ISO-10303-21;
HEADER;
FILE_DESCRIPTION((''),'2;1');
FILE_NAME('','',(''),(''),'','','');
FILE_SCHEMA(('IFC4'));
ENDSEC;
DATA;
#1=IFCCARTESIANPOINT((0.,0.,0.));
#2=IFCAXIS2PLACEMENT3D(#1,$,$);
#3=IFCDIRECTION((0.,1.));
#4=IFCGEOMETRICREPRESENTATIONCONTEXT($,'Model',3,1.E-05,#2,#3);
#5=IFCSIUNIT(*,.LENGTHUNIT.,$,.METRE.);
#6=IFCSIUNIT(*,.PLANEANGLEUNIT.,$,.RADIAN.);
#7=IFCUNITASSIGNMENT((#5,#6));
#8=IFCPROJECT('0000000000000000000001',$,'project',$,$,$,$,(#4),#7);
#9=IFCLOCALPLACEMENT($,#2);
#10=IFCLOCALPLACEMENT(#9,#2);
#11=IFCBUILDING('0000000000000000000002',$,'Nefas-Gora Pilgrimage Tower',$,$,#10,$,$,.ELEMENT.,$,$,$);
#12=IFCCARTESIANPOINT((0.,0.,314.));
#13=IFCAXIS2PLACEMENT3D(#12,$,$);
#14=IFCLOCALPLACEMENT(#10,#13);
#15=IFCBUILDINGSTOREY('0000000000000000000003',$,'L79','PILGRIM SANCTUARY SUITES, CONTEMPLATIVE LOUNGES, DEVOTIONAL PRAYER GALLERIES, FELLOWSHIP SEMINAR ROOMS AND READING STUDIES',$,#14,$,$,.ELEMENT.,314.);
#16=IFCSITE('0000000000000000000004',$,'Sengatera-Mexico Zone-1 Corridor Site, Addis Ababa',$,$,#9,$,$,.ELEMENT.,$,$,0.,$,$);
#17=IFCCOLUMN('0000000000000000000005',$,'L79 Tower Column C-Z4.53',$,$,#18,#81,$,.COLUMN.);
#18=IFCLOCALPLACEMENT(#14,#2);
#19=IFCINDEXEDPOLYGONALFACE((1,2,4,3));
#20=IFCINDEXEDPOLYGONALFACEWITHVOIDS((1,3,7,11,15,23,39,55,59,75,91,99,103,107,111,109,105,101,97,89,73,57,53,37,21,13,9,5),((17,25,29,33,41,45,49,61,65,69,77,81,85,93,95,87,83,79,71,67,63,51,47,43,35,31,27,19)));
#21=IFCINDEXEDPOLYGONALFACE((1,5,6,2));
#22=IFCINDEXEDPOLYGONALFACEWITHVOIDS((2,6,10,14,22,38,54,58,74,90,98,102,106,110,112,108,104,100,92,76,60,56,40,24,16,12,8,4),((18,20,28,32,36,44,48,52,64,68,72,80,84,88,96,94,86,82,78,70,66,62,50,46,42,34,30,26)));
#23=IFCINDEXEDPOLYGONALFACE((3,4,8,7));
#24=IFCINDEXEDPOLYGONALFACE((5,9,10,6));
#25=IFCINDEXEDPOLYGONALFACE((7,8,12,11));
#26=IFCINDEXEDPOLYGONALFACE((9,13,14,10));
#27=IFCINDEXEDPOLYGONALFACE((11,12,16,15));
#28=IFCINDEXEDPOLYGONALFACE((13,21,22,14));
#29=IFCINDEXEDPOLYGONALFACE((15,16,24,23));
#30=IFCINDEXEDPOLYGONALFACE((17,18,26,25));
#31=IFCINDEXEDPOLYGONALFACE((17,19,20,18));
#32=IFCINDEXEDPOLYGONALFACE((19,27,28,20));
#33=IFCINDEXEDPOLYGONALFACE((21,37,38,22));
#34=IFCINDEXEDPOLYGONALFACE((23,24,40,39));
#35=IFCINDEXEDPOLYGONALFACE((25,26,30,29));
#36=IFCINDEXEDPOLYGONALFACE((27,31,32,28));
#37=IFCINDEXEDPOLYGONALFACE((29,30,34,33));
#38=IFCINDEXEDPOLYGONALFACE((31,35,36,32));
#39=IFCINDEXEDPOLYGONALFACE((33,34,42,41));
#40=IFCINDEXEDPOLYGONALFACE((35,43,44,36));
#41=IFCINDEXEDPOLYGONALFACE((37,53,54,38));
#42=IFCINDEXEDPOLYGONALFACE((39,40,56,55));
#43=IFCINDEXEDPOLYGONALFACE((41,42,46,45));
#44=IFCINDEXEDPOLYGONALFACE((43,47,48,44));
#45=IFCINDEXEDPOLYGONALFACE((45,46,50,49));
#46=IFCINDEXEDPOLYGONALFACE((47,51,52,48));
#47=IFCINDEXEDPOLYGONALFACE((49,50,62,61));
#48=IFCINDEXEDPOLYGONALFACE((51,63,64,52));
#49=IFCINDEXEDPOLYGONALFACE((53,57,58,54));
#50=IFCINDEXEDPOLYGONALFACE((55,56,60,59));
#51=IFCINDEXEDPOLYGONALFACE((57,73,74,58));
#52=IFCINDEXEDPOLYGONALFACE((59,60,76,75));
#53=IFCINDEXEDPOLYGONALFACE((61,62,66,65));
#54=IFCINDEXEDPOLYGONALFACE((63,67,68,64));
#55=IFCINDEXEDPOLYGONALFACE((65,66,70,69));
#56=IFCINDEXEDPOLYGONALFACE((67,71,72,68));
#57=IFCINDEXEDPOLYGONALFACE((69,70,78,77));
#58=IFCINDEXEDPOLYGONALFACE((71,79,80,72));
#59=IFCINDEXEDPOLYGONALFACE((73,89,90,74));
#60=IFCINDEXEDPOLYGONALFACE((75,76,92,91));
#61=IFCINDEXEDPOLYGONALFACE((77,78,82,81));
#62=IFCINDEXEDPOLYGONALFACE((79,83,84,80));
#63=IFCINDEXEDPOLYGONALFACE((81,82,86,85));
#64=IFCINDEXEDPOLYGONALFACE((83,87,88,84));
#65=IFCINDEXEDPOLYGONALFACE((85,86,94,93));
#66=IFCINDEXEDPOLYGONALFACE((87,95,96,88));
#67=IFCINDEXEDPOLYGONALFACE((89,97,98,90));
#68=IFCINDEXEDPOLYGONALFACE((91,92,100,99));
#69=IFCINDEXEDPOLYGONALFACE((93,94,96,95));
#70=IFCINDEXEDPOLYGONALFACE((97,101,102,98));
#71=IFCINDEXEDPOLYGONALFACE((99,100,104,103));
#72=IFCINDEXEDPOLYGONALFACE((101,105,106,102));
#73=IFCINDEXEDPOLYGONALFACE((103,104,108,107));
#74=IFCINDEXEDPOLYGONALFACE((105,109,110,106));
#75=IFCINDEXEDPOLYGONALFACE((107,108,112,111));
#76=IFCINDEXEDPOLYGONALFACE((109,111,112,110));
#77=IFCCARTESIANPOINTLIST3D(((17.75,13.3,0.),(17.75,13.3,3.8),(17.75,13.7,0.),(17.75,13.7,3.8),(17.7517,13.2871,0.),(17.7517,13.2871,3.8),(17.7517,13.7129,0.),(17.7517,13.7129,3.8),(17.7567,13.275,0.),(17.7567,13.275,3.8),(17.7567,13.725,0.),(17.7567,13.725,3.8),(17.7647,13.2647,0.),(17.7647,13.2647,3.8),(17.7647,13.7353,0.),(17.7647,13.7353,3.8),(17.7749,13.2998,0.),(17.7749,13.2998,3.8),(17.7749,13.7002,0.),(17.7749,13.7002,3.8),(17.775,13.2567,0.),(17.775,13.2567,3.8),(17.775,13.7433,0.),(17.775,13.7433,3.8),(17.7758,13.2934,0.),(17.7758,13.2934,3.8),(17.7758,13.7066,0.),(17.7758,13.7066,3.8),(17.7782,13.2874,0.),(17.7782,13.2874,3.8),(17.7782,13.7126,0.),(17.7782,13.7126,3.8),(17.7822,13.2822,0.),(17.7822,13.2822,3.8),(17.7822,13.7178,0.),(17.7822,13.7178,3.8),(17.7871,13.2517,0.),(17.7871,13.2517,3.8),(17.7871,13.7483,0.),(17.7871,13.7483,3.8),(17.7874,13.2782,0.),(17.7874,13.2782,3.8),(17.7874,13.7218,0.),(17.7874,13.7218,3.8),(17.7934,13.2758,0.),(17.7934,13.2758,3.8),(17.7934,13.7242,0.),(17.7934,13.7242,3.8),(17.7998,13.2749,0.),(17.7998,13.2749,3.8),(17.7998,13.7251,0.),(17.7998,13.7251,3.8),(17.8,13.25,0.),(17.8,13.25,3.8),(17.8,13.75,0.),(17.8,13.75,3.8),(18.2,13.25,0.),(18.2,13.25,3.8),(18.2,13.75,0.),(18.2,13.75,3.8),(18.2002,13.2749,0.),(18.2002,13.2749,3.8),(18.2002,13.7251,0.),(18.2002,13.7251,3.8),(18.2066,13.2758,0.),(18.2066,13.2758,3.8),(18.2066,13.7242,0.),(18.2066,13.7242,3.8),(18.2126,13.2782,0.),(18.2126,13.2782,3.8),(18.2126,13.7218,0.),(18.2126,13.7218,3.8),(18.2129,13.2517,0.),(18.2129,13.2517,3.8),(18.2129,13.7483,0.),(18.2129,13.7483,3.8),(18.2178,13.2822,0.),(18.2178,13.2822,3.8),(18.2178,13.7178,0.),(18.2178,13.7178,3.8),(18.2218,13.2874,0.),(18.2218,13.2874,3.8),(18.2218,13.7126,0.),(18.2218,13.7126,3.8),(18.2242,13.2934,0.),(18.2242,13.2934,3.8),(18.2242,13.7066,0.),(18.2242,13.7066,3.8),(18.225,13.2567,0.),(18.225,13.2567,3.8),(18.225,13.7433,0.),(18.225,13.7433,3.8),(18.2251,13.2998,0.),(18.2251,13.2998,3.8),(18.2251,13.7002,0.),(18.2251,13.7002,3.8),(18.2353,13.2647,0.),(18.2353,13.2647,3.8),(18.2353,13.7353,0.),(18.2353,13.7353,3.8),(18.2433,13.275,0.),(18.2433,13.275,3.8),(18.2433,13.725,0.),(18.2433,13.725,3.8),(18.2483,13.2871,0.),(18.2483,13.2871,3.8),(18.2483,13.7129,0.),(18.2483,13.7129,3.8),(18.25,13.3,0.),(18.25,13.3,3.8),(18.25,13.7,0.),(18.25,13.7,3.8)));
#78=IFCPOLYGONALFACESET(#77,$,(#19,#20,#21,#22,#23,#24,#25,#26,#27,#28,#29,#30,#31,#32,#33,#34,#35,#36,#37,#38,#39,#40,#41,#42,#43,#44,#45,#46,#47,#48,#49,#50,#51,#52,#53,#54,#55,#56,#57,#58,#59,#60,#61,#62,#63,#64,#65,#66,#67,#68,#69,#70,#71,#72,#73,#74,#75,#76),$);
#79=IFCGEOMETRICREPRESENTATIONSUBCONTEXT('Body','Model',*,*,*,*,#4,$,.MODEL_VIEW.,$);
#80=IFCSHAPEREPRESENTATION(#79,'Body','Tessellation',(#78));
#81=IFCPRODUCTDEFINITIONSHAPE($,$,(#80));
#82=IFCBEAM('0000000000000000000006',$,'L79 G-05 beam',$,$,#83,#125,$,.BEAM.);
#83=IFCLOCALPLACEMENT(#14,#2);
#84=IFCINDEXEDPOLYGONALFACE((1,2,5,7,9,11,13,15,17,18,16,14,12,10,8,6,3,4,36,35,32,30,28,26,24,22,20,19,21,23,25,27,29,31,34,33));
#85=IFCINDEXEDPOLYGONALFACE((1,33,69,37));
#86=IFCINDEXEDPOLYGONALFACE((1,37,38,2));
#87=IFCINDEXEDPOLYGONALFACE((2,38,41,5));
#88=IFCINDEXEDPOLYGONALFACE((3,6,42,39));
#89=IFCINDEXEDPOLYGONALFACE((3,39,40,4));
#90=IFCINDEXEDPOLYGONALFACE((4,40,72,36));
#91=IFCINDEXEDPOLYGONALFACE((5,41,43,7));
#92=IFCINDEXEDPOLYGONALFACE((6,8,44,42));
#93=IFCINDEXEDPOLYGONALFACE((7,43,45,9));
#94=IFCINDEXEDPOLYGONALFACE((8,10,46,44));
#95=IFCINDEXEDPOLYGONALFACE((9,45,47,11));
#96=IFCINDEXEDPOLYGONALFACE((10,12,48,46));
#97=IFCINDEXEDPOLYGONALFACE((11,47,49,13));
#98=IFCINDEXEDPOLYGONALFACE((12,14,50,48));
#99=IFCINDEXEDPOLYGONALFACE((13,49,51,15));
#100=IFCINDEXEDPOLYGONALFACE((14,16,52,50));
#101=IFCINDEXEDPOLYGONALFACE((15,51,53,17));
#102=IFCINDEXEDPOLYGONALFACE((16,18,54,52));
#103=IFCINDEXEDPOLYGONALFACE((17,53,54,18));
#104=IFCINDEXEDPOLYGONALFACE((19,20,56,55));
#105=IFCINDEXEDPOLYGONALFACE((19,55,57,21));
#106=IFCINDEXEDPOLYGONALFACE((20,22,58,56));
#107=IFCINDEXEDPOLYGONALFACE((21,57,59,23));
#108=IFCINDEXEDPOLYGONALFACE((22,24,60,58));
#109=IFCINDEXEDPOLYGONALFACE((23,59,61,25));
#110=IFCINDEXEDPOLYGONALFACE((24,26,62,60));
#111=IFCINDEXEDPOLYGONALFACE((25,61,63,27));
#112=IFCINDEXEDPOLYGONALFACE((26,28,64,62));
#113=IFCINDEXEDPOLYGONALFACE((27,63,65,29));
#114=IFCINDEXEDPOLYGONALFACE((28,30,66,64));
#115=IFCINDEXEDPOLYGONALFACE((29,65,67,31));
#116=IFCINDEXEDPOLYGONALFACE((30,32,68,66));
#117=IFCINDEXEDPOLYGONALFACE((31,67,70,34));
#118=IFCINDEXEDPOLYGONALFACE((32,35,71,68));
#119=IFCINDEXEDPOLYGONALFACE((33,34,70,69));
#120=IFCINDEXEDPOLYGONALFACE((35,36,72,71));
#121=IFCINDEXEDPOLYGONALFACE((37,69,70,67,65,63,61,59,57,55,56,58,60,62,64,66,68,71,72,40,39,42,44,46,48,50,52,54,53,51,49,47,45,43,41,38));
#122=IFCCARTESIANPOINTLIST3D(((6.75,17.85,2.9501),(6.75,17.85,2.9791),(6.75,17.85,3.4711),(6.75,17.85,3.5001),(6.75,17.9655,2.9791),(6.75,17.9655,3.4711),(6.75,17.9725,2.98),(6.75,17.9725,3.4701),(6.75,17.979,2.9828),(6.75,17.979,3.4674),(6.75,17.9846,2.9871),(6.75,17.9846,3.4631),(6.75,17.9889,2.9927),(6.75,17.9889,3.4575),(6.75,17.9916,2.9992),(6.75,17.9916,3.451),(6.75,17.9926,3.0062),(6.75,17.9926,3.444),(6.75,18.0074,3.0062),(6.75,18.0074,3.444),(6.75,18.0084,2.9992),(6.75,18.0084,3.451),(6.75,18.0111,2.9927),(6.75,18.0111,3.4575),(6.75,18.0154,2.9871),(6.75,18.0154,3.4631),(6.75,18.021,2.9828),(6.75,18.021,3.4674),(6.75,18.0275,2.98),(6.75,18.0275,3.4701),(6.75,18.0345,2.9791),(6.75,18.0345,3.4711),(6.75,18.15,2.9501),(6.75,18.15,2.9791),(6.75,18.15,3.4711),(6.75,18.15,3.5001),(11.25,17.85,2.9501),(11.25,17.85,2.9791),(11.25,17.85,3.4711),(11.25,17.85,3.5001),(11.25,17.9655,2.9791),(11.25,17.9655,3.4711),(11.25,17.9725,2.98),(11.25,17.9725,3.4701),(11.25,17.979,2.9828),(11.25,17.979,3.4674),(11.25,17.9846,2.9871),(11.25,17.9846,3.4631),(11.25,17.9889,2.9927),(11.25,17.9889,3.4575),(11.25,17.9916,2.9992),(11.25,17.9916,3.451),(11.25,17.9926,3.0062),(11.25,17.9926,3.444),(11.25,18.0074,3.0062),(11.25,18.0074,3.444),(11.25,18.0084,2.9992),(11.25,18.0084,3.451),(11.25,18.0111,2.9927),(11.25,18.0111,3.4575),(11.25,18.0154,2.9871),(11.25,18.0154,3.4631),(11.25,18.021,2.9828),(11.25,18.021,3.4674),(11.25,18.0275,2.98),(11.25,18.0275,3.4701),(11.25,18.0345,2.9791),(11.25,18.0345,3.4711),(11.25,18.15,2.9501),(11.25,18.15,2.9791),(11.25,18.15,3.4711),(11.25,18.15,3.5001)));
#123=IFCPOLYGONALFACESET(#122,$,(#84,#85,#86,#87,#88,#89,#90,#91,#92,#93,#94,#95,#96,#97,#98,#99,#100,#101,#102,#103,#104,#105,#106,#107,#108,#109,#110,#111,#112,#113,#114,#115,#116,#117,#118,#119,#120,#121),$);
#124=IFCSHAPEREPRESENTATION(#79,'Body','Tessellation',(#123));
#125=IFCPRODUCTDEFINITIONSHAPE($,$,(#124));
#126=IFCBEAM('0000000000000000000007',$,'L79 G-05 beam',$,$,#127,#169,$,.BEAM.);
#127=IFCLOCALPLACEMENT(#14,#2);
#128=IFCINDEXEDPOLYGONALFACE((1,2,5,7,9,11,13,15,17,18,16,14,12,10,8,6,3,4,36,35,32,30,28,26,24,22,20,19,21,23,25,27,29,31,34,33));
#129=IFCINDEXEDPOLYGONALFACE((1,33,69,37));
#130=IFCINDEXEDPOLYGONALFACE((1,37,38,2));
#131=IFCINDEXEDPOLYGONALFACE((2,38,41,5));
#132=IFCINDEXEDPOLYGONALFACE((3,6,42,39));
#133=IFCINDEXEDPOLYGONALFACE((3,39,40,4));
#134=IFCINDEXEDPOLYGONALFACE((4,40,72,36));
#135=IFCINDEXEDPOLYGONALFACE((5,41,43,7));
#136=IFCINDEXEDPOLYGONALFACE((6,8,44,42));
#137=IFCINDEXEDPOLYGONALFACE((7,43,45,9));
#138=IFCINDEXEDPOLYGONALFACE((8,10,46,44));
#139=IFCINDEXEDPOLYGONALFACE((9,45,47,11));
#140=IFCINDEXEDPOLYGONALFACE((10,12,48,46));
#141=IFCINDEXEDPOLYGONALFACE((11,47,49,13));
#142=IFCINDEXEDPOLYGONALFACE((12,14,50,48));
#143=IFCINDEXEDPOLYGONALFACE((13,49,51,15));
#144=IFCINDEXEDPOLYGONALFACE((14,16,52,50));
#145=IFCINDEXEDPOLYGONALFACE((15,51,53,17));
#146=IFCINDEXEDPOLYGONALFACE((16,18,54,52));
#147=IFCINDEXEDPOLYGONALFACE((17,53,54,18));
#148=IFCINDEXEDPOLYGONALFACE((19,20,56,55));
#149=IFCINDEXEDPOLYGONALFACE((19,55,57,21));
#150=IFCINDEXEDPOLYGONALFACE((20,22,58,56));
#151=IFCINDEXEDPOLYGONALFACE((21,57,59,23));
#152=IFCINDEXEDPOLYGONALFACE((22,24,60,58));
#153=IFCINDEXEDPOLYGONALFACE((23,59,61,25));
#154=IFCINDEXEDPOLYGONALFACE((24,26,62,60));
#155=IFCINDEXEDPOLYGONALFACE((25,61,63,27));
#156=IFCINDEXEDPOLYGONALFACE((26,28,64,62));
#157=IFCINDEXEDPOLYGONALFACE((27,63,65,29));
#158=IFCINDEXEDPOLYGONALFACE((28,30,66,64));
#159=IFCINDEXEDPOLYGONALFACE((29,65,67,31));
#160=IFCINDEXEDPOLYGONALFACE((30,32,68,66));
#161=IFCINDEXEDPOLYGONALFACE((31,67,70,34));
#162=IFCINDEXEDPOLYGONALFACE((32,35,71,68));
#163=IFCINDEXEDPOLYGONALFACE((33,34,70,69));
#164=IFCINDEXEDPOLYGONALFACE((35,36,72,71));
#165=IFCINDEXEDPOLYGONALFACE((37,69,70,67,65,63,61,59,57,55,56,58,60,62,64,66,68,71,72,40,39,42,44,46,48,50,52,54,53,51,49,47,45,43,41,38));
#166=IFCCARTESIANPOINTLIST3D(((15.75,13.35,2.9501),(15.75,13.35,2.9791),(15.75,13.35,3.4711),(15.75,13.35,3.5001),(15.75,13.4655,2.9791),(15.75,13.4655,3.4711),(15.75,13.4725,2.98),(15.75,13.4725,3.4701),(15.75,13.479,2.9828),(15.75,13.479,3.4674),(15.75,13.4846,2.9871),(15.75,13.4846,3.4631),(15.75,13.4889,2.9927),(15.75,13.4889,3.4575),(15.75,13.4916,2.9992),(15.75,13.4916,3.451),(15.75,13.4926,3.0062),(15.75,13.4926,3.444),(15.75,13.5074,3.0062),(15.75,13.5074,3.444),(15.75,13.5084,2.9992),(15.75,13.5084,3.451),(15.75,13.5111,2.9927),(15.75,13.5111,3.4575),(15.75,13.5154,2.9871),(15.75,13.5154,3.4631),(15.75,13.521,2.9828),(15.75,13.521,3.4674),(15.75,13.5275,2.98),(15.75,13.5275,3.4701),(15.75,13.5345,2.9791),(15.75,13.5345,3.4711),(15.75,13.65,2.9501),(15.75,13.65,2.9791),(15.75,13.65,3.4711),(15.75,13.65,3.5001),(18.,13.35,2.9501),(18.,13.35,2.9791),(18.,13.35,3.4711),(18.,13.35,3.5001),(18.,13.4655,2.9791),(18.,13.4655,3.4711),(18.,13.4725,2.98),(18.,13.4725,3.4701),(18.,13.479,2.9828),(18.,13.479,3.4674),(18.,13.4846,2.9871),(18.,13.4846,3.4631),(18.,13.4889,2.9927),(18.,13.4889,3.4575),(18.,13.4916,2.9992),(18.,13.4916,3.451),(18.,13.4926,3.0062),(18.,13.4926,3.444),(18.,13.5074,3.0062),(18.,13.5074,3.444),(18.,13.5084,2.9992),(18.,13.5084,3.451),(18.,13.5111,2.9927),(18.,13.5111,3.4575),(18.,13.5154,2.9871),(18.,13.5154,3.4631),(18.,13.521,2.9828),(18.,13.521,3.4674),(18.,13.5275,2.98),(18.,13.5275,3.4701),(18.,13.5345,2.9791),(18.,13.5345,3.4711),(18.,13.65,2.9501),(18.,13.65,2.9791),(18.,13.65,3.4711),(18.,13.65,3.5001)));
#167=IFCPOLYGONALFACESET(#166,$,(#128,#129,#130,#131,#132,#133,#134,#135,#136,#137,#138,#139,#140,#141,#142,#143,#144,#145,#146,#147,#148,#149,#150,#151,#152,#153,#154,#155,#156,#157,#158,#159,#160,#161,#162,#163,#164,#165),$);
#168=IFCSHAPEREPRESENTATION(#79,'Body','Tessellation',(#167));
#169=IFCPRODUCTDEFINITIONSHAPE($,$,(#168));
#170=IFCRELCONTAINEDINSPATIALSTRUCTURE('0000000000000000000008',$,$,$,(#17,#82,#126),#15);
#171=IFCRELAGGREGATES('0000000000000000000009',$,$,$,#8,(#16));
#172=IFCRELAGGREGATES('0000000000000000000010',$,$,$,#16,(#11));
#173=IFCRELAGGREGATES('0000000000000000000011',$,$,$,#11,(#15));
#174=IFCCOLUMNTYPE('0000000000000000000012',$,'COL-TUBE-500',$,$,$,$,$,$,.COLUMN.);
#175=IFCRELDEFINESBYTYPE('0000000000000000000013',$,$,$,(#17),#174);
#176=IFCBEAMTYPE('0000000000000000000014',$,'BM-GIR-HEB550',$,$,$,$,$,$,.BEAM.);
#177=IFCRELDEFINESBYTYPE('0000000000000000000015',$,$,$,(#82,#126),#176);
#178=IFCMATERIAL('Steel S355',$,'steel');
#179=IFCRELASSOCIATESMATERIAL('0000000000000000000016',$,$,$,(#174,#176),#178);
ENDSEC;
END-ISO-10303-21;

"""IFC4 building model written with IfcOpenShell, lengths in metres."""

from ifc_helpers import new_model, si_unit, direction, frame, origin, origin_2d, place, context, subcontext, project, spatial, hollow_rectangle, i_section, extrude, source, transform, mapped, material, material_profile, profile_set, type_object, element, save


model = new_model("IFC4")

# Units and contexts
model_context = context("Model", 3, precision=1e-05, world=origin(), true_north=direction((0.0, 1.0)))
body_context = subcontext(model_context, "Body", "Model", "MODEL_VIEW")
ifc_project = project(units=[si_unit("LENGTHUNIT", "METRE"), si_unit("PLANEANGLEUNIT", "RADIAN")], contexts=[model_context])

# Site, building, storey
site_placement = place(None, origin())
site = spatial("IfcSite", under=ifc_project, at=site_placement, Name="Sengatera-Mexico Zone-1 Corridor Site, Addis Ababa", CompositionType="ELEMENT", RefElevation=0.0)
building_placement = place(site_placement, origin())
building = spatial("IfcBuilding", under=site, at=building_placement, Name="Nefas-Gora Pilgrimage Tower", CompositionType="ELEMENT")
storey_placement = place(building_placement, frame((0.0, 0.0, 314.0)))
storey = spatial("IfcBuildingStorey", under=building, at=storey_placement, Name="L79", Description="PILGRIM SANCTUARY SUITES, CONTEMPLATIVE LOUNGES, DEVOTIONAL PRAYER GALLERIES, FELLOWSHIP SEMINAR ROOMS AND READING STUDIES", CompositionType="ELEMENT", Elevation=314.0)

# Column
ifc_material_1 = material(Name="Steel S355", Category="steel")
ifc_material_profile_1 = material_profile(ifc_material_1, hollow_rectangle(XDim=0.5, YDim=0.5, WallThickness=0.0249, InnerFilletRadius=0.0249, OuterFilletRadius=0.05, at=origin_2d()), Name="SHS 500x500x25")
ifc_profile_set_1 = profile_set([ifc_material_profile_1], Name="Steel S355")
column_type_1 = type_object("IfcColumnType", Name="COL-TUBE-500", PredefinedType="COLUMN", material=ifc_profile_set_1)
shared_shape_1 = source(origin(), body_context, "Body", "SweptSolid", [
    extrude(hollow_rectangle(XDim=0.5, YDim=0.5, WallThickness=0.0249, InnerFilletRadius=0.0249, OuterFilletRadius=0.05, at=origin_2d()), origin(), (0.0, 0.0, 1.0), 3.8),
])
column_placement = place(storey_placement, frame((18.0, 13.5, 0.0), z_axis=(0.0, 0.0, 1.0), x_axis=(1.0, 0.0, 0.0)))
element("IfcColumn", 1, at=column_placement, inside=storey, type_object=column_type_1, Name="L79 Tower Column C-Z4.53", PredefinedType="COLUMN", context=body_context, shape_type="MappedRepresentation", body=[
    mapped(shared_shape_1, transform((0.0, 0.0, 0.0), x_axis=(1.0, 0.0, 0.0), y_axis=(0.0, 1.0, 0.0), z_axis=(0.0, 0.0, 1.0), scale=1.0)),
])

# Beams
ifc_material_profile_2 = material_profile(ifc_material_1, i_section(OverallWidth=0.3, OverallDepth=0.55, WebThickness=0.0149, FlangeThickness=0.0291, FilletRadius=0.0271, at=origin_2d()), Name="HEB 550")
ifc_profile_set_2 = profile_set([ifc_material_profile_2], Name="Steel S355")
beam_type = type_object("IfcBeamType", Name="BM-GIR-HEB550", PredefinedType="BEAM", material=ifc_profile_set_2)
shared_shape_2 = source(origin(), body_context, "Body", "SweptSolid", [
    extrude(i_section(OverallWidth=0.3, OverallDepth=0.55, WebThickness=0.0149, FlangeThickness=0.0291, FilletRadius=0.0271, at=origin_2d()), origin(), (0.0, 0.0, 1.0), 4.5),
])
beam_1_placement = place(storey_placement, frame((6.75, 18.0, 3.2251), z_axis=(1.0, 0.0, 0.0), x_axis=(0.0, 1.0, 0.0)))
element("IfcBeam", 2, at=beam_1_placement, inside=storey, type_object=beam_type, Name="L79 G-05 beam", PredefinedType="BEAM", context=body_context, shape_type="MappedRepresentation", body=[
    mapped(shared_shape_2, transform((0.0, 0.0, 0.0), x_axis=(1.0, 0.0, 0.0), y_axis=(0.0, 1.0, 0.0), z_axis=(0.0, 0.0, 1.0), scale=1.0)),
])
shared_shape_3 = source(origin(), body_context, "Body", "SweptSolid", [
    extrude(i_section(OverallWidth=0.3, OverallDepth=0.55, WebThickness=0.0149, FlangeThickness=0.0291, FilletRadius=0.0271, at=origin_2d()), origin(), (0.0, 0.0, 1.0), 2.25),
])
beam_2_placement = place(storey_placement, frame((15.75, 13.5, 3.2251), z_axis=(1.0, 0.0, 0.0), x_axis=(0.0, 1.0, 0.0)))
element("IfcBeam", 3, at=beam_2_placement, inside=storey, type_object=beam_type, Name="L79 G-05 beam", PredefinedType="BEAM", context=body_context, shape_type="MappedRepresentation", body=[
    mapped(shared_shape_3, transform((0.0, 0.0, 0.0), x_axis=(1.0, 0.0, 0.0), y_axis=(0.0, 1.0, 0.0), z_axis=(0.0, 0.0, 1.0), scale=1.0)),
])

save(model, "model.ifc")
